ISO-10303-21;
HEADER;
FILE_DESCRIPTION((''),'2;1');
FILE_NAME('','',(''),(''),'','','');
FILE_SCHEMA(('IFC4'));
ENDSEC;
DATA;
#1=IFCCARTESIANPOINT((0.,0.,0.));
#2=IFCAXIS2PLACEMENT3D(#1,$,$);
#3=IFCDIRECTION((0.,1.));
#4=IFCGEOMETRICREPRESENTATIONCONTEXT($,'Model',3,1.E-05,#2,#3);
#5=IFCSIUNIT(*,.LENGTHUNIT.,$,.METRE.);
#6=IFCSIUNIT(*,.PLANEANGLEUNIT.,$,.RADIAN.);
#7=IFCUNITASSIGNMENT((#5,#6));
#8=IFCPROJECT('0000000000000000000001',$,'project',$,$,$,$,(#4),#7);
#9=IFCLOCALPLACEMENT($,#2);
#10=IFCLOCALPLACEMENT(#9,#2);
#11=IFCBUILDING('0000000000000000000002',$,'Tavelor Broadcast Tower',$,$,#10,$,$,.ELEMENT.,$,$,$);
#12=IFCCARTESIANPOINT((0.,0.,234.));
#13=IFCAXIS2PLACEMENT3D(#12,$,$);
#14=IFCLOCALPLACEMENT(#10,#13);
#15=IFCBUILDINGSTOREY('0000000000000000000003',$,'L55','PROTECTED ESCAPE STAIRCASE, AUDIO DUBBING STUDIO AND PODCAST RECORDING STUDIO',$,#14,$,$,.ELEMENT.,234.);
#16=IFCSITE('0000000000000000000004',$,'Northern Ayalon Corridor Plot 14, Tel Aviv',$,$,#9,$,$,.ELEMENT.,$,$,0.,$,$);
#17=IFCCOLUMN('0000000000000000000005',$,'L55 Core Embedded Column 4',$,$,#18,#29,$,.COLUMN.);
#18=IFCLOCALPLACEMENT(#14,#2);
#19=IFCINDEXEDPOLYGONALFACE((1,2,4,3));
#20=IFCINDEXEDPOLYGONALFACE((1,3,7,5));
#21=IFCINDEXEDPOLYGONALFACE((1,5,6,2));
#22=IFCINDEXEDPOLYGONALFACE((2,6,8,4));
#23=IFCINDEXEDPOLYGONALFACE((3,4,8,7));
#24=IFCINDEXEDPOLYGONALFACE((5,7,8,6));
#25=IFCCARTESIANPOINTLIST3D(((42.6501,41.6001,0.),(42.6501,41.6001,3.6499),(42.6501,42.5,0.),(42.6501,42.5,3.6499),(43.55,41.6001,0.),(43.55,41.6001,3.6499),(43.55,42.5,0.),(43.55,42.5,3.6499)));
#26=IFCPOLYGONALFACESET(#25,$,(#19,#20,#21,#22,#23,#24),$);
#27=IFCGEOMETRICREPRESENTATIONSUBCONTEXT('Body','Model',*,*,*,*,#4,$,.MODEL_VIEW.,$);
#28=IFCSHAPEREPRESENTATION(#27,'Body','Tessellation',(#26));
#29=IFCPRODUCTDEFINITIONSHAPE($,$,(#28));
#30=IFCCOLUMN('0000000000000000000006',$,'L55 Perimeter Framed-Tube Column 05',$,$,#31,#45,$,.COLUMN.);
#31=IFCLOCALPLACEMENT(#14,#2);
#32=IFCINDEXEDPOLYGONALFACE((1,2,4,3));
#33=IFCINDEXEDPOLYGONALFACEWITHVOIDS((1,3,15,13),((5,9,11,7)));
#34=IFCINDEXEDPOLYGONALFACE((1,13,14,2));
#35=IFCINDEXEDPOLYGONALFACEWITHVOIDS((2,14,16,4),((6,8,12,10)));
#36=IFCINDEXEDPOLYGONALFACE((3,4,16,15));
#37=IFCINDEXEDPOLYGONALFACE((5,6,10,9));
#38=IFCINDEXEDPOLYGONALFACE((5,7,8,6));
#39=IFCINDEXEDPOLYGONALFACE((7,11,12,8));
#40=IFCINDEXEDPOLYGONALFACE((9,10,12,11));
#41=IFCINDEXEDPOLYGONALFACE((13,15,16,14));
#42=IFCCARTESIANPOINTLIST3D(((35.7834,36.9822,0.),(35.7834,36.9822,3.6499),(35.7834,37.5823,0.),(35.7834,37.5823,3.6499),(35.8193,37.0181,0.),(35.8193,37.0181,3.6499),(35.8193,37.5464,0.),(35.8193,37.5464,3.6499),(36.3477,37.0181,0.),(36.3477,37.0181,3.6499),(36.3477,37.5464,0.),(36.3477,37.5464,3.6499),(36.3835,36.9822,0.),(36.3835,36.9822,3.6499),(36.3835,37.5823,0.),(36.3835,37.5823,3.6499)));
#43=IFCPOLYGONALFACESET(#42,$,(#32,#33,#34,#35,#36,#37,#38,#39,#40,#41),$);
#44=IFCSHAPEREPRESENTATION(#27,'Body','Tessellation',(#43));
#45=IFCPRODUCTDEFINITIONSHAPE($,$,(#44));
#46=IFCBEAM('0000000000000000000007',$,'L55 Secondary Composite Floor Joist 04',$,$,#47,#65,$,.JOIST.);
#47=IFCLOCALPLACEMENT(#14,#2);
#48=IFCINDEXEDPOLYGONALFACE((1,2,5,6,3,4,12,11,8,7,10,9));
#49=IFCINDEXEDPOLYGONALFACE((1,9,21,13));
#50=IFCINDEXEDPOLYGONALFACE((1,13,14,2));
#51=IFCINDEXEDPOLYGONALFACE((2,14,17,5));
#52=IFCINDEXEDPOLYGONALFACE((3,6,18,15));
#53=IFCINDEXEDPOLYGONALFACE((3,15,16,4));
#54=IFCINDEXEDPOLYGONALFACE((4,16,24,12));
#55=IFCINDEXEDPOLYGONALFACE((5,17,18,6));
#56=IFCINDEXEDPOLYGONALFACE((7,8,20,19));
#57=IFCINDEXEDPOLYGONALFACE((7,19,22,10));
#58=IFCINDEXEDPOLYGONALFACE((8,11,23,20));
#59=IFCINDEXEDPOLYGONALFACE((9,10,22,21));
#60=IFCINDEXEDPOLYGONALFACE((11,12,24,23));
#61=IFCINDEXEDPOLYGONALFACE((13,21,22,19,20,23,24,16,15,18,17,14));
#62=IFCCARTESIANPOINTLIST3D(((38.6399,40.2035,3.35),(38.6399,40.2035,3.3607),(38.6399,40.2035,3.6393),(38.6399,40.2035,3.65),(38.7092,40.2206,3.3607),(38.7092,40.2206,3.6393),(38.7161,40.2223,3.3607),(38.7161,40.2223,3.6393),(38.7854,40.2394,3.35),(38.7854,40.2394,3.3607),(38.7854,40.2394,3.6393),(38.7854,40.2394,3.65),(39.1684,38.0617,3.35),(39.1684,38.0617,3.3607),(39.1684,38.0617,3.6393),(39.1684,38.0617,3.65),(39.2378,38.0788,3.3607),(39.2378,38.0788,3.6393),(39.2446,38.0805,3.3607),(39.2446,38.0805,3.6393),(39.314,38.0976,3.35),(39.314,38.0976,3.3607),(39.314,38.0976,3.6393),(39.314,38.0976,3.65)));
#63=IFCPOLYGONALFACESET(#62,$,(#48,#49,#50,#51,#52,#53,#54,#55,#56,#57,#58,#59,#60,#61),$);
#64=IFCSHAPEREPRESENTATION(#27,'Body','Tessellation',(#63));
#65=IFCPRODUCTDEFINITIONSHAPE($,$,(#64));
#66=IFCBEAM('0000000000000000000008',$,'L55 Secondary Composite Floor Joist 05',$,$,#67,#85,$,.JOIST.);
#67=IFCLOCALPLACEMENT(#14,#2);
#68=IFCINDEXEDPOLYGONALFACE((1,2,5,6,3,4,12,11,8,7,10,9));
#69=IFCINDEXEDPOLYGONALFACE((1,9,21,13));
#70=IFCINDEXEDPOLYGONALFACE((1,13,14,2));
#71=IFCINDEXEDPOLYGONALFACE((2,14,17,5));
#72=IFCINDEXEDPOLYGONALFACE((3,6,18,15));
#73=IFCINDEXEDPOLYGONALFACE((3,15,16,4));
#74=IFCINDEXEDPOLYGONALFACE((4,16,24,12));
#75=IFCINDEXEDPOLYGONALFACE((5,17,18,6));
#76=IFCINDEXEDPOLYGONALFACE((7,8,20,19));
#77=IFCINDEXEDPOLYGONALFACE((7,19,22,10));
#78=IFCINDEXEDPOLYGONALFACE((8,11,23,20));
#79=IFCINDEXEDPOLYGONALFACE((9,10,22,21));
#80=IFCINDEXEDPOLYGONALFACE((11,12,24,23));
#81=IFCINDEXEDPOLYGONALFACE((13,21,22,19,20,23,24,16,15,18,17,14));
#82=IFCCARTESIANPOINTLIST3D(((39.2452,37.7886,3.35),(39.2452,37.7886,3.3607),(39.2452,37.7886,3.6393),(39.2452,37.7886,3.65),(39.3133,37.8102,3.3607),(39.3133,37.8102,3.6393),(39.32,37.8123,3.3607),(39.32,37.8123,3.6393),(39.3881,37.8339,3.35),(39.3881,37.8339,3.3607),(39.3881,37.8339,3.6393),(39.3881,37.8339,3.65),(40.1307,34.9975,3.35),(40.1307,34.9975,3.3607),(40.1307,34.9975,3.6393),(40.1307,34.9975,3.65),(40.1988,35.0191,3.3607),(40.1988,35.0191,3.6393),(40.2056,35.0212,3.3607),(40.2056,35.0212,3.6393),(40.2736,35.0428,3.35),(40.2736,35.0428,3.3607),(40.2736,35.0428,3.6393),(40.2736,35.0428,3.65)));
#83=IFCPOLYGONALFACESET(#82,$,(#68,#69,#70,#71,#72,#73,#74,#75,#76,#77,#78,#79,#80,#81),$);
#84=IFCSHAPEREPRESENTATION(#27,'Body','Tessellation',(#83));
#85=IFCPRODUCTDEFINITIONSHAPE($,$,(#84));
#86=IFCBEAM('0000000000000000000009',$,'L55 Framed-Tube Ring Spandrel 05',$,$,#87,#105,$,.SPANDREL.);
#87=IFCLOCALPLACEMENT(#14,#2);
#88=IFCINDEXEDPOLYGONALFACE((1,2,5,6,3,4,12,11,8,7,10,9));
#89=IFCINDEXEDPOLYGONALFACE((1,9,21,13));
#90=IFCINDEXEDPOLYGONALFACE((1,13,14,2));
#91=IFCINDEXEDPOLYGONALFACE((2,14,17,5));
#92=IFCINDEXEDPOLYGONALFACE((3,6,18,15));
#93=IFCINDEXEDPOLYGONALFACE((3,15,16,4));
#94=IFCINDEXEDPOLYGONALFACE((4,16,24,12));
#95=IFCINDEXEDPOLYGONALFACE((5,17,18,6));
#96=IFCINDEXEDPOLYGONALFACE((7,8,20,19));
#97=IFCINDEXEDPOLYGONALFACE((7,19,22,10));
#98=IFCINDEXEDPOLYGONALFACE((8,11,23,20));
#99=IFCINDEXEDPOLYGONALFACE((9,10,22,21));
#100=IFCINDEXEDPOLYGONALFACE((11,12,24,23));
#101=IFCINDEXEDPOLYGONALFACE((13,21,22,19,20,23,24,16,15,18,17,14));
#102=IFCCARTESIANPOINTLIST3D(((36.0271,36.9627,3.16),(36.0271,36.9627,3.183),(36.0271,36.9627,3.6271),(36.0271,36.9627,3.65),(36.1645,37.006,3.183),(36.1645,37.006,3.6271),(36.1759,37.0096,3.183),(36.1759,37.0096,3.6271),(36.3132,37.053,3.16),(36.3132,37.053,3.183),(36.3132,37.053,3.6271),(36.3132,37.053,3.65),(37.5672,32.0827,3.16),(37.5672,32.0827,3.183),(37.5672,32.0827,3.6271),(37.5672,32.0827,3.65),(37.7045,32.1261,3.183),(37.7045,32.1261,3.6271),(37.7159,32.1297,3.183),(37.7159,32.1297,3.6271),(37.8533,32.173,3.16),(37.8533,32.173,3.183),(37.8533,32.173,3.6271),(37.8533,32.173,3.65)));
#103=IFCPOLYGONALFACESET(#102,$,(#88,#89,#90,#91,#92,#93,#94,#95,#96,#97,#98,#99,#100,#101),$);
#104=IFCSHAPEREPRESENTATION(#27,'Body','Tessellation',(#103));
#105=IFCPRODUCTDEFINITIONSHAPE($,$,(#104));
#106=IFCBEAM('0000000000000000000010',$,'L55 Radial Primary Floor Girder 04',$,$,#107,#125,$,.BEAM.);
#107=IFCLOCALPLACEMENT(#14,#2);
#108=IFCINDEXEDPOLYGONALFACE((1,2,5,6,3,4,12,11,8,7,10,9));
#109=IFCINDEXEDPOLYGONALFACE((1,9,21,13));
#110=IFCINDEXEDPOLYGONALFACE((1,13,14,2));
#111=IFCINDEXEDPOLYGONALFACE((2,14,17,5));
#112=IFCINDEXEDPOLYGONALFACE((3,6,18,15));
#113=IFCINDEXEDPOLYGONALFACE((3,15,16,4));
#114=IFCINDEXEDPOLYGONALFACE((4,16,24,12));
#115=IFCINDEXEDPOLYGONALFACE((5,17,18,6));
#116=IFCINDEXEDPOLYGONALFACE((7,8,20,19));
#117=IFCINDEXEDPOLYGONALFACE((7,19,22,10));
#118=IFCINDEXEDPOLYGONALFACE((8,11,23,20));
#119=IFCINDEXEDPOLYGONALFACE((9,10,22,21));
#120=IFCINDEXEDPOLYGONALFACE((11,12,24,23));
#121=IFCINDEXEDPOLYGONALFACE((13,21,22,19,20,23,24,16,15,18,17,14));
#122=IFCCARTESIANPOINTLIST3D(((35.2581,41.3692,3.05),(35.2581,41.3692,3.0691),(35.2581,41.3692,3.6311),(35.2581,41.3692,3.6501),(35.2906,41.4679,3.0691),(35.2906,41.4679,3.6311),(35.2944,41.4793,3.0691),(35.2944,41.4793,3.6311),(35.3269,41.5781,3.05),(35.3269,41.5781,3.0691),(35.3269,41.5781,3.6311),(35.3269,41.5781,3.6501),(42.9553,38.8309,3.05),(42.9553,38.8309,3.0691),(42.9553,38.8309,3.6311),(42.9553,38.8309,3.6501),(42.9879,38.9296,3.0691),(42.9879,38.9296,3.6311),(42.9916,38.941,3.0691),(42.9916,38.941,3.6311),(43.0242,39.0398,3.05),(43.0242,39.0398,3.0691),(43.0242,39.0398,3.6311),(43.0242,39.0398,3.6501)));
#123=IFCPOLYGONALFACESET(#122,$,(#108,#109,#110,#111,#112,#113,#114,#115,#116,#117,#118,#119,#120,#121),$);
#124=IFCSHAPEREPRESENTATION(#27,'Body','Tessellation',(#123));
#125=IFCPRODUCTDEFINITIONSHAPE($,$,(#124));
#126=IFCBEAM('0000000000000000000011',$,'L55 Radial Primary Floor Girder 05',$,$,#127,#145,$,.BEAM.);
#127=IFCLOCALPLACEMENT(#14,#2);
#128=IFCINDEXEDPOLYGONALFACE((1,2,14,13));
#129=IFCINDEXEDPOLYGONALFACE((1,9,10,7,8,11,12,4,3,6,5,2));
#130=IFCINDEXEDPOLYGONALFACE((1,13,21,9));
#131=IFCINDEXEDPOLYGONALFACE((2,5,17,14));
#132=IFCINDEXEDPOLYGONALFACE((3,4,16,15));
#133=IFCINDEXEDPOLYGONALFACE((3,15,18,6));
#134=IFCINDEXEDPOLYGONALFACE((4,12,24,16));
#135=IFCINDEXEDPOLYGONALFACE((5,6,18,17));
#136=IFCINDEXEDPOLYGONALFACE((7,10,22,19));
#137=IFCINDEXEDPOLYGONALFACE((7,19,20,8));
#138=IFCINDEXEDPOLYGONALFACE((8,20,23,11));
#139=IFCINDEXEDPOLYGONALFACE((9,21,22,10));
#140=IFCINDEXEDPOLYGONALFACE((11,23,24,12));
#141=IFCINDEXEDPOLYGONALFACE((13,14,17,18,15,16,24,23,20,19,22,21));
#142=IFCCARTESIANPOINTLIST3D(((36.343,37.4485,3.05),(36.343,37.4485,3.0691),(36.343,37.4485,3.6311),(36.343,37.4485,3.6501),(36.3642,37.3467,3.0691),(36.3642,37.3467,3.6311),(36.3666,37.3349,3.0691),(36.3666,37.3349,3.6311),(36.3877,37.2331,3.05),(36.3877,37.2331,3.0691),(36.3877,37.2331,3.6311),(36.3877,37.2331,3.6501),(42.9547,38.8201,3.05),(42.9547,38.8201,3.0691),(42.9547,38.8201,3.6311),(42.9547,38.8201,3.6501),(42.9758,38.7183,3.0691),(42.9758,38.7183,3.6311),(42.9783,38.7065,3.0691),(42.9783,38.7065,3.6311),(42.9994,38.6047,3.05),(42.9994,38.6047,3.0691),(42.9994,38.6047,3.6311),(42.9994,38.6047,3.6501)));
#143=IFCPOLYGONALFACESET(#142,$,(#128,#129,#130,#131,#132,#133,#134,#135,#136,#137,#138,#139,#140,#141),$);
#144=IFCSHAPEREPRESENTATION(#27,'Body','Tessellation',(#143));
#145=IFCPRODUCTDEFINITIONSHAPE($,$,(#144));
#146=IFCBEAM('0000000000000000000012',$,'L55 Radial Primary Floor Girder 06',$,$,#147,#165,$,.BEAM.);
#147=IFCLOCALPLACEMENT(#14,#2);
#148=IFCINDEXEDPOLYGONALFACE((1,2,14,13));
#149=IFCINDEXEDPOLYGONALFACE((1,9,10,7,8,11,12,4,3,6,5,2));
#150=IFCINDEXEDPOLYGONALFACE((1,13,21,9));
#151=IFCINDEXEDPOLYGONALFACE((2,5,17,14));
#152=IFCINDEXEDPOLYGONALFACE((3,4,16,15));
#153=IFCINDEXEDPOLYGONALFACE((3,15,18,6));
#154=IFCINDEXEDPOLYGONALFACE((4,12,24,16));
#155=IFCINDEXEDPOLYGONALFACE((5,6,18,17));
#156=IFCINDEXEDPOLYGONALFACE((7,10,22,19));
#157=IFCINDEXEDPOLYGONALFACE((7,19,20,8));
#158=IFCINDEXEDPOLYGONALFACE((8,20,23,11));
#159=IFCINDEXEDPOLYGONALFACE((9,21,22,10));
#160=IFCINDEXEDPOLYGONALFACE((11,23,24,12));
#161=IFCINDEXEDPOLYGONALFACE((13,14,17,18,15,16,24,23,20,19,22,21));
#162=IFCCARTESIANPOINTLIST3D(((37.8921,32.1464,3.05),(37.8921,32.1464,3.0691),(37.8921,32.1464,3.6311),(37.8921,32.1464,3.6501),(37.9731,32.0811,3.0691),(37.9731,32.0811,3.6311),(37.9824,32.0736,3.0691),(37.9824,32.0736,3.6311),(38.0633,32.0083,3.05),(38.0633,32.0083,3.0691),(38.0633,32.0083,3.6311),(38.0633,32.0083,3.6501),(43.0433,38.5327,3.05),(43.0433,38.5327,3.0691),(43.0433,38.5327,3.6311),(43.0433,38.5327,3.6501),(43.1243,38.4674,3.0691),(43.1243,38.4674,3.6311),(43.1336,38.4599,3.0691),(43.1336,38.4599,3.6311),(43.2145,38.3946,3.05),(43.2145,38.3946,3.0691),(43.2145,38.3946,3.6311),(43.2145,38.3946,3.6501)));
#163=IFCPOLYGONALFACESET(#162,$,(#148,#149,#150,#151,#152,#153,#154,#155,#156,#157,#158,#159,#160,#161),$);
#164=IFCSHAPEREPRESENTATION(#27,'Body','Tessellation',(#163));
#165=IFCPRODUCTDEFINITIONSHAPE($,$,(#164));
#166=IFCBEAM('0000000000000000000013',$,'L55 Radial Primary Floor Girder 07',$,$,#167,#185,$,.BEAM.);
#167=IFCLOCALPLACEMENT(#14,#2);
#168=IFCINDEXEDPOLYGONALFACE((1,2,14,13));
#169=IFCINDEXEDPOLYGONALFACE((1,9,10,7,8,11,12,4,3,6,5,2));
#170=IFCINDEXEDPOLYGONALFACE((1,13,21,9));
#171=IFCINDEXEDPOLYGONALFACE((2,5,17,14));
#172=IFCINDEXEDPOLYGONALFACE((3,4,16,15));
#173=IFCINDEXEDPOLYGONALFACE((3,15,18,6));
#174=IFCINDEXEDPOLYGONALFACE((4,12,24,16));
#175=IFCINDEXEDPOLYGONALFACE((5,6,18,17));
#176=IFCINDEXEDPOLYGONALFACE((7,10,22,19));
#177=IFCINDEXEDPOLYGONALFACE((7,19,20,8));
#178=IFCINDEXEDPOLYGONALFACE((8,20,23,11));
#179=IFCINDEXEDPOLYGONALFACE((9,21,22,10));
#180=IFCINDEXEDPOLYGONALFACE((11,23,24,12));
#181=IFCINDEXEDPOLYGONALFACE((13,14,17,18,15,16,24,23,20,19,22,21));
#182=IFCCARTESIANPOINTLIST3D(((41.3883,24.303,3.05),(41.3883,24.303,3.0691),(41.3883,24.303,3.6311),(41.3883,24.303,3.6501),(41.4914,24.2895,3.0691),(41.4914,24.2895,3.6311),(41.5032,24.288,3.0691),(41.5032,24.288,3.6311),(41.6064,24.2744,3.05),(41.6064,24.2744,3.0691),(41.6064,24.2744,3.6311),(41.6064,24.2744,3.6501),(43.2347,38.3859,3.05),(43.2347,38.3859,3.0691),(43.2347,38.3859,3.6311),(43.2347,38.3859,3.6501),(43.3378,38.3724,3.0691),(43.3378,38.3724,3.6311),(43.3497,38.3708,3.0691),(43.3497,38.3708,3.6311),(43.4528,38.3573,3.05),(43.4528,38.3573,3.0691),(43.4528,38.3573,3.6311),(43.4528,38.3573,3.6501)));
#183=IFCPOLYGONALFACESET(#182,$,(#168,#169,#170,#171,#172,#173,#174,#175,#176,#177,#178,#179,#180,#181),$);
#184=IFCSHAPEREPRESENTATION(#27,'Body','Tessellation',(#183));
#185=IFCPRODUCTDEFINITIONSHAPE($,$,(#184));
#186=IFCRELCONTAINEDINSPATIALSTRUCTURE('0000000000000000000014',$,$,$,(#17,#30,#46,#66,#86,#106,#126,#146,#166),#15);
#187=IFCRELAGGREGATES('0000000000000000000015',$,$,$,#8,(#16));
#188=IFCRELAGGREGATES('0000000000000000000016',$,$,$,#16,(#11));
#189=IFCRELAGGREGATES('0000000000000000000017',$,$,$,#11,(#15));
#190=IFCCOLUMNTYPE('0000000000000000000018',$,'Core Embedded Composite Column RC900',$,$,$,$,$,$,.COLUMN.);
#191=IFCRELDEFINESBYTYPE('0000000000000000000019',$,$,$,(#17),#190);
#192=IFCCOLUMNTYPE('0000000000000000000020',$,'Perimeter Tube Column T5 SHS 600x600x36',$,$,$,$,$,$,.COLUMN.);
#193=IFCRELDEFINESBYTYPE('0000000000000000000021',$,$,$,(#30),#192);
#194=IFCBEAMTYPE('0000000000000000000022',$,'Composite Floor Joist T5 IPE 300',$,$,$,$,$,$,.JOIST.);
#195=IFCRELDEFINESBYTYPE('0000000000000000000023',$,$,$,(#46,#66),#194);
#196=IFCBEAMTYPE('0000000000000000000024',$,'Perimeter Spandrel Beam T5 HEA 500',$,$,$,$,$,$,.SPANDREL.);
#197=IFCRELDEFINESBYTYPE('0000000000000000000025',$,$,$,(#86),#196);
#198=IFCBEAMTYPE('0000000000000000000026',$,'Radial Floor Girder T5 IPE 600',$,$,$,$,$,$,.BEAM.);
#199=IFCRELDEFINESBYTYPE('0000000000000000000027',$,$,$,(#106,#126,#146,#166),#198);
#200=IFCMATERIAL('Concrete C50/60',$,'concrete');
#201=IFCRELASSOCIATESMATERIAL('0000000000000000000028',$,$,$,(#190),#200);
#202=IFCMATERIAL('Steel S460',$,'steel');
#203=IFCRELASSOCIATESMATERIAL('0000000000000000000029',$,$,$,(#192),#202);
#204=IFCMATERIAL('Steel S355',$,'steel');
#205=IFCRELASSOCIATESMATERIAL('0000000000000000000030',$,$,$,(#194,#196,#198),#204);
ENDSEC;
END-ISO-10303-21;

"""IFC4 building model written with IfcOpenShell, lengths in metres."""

from ifc_helpers import new_model, si_unit, direction, frame, origin, origin_2d, place, context, subcontext, project, spatial, rectangle, hollow_rectangle, i_section, extrude, material, material_profile, profile_set, type_object, element, save


model = new_model("IFC4")

# Units and contexts
model_context = context("Model", 3, precision=1e-05, world=origin(), true_north=direction((0.0, 1.0)))
body_context = subcontext(model_context, "Body", "Model", "MODEL_VIEW")
ifc_project = project(units=[si_unit("LENGTHUNIT", "METRE"), si_unit("PLANEANGLEUNIT", "RADIAN")], contexts=[model_context])

# Site, building, storey
site_placement = place(None, origin())
site = spatial("IfcSite", under=ifc_project, at=site_placement, Name="Northern Ayalon Corridor Plot 14, Tel Aviv", CompositionType="ELEMENT", RefElevation=0.0)
building_placement = place(site_placement, origin())
building = spatial("IfcBuilding", under=site, at=building_placement, Name="Tavelor Broadcast Tower", CompositionType="ELEMENT")
storey_placement = place(building_placement, frame((0.0, 0.0, 234.0)))
storey = spatial("IfcBuildingStorey", under=building, at=storey_placement, Name="L55", Description="PROTECTED ESCAPE STAIRCASE, AUDIO DUBBING STUDIO AND PODCAST RECORDING STUDIO", CompositionType="ELEMENT", Elevation=234.0)

# Columns
ifc_material_1 = material(Name="Concrete C50/60", Category="concrete")
ifc_material_profile_1 = material_profile(ifc_material_1, rectangle(XDim=0.8999, YDim=0.8999, at=origin_2d()), Name="RC 900x900")
ifc_profile_set_1 = profile_set([ifc_material_profile_1], Name="Concrete C50/60")
column_type_1 = type_object("IfcColumnType", Name="Core Embedded Composite Column RC900", PredefinedType="COLUMN", material=ifc_profile_set_1)
column_1_placement = place(storey_placement, frame((43.1001, 42.05, 0.0), z_axis=(0.0, 0.0, 1.0), x_axis=(1.0, 0.0, 0.0)))
element("IfcColumn", 1, at=column_1_placement, inside=storey, type_object=column_type_1, Name="L55 Core Embedded Column 4", PredefinedType="COLUMN", context=body_context, shape_type="SweptSolid", body=[
    extrude(rectangle(XDim=0.8999, YDim=0.8999, at=origin_2d()), origin(), (0.0, 0.0, 1.0), 3.6499),
])
ifc_material_2 = material(Name="Steel S460", Category="steel")
ifc_material_profile_2 = material_profile(ifc_material_2, hollow_rectangle(XDim=0.6001, YDim=0.6001, WallThickness=0.0359, at=origin_2d()), Name="SHS 600x600x36")
ifc_profile_set_2 = profile_set([ifc_material_profile_2], Name="Steel S460")
column_type_2 = type_object("IfcColumnType", Name="Perimeter Tube Column T5 SHS 600x600x36", PredefinedType="COLUMN", material=ifc_profile_set_2)
column_2_placement = place(storey_placement, frame((36.0835, 37.2822, 0.0), z_axis=(0.0, 0.0, 1.0), x_axis=(1.0, 0.0, 0.0)))
element("IfcColumn", 2, at=column_2_placement, inside=storey, type_object=column_type_2, Name="L55 Perimeter Framed-Tube Column 05", PredefinedType="COLUMN", context=body_context, shape_type="SweptSolid", body=[
    extrude(hollow_rectangle(XDim=0.6001, YDim=0.6001, WallThickness=0.0359, at=origin_2d()), origin(), (0.0, 0.0, 1.0), 3.6499),
])

# Beams
ifc_material_3 = material(Name="Steel S355", Category="steel")
ifc_material_profile_3 = material_profile(ifc_material_3, i_section(OverallWidth=0.1499, OverallDepth=0.3, WebThickness=0.0071, FlangeThickness=0.0107, at=origin_2d()), Name="IPE 300")
ifc_profile_set_3 = profile_set([ifc_material_profile_3], Name="Steel S355")
beam_type_1 = type_object("IfcBeamType", Name="Composite Floor Joist T5 IPE 300", PredefinedType="JOIST", material=ifc_profile_set_3)
beam_1_placement = place(storey_placement, frame((38.7126, 40.2214, 3.5), z_axis=(0.239592, -0.970874, 0.0), x_axis=(0.970874, 0.239592, 0.0)))
element("IfcBeam", 3, at=beam_1_placement, inside=storey, type_object=beam_type_1, Name="L55 Secondary Composite Floor Joist 04", PredefinedType="JOIST", context=body_context, shape_type="SweptSolid", body=[
    extrude(i_section(OverallWidth=0.1499, OverallDepth=0.3, WebThickness=0.0071, FlangeThickness=0.0107, at=origin_2d()), origin(), (0.0, 0.0, 1.0), 2.2061),
])
beam_2_placement = place(storey_placement, frame((39.3167, 37.8113, 3.5), z_axis=(0.302412, -0.953177, 0.0), x_axis=(0.953177, 0.302412, 0.0)))
element("IfcBeam", 4, at=beam_2_placement, inside=storey, type_object=beam_type_1, Name="L55 Secondary Composite Floor Joist 05", PredefinedType="JOIST", context=body_context, shape_type="SweptSolid", body=[
    extrude(i_section(OverallWidth=0.1499, OverallDepth=0.3, WebThickness=0.0071, FlangeThickness=0.0107, at=origin_2d()), origin(), (0.0, 0.0, 1.0), 2.9282),
])
ifc_material_profile_4 = material_profile(ifc_material_3, i_section(OverallWidth=0.3, OverallDepth=0.49, WebThickness=0.012, FlangeThickness=0.0229, at=origin_2d()), Name="HEA 500")
ifc_profile_set_4 = profile_set([ifc_material_profile_4], Name="Steel S355")
beam_type_2 = type_object("IfcBeamType", Name="Perimeter Spandrel Beam T5 HEA 500", PredefinedType="SPANDREL", material=ifc_profile_set_4)
beam_3_placement = place(storey_placement, frame((36.1702, 37.0078, 3.405), z_axis=(0.300958, -0.953637, 0.0), x_axis=(0.953637, 0.300958, 0.0)))
element("IfcBeam", 5, at=beam_3_placement, inside=storey, type_object=beam_type_2, Name="L55 Framed-Tube Ring Spandrel 05", PredefinedType="SPANDREL", context=body_context, shape_type="SweptSolid", body=[
    extrude(i_section(OverallWidth=0.3, OverallDepth=0.49, WebThickness=0.012, FlangeThickness=0.0229, at=origin_2d()), origin(), (0.0, 0.0, 1.0), 5.1172),
])
ifc_material_profile_5 = material_profile(ifc_material_3, i_section(OverallWidth=0.22, OverallDepth=0.6001, WebThickness=0.012, FlangeThickness=0.019, at=origin_2d()), Name="IPE 600")
ifc_profile_set_5 = profile_set([ifc_material_profile_5], Name="Steel S355")
beam_type_3 = type_object("IfcBeamType", Name="Radial Floor Girder T5 IPE 600", PredefinedType="BEAM", material=ifc_profile_set_5)
beam_4_placement = place(storey_placement, frame((42.9897, 38.9353, 3.3501), z_axis=(-0.949694, 0.313181, 0.0), x_axis=(-0.313181, -0.949694, 0.0)))
element("IfcBeam", 6, at=beam_4_placement, inside=storey, type_object=beam_type_3, Name="L55 Radial Primary Floor Girder 04", PredefinedType="BEAM", context=body_context, shape_type="SweptSolid", body=[
    extrude(i_section(OverallWidth=0.22, OverallDepth=0.6001, WebThickness=0.012, FlangeThickness=0.019, at=origin_2d()), origin(), (0.0, 0.0, 1.0), 8.105),
])
beam_5_placement = place(storey_placement, frame((42.9771, 38.7124, 3.3501), z_axis=(-0.979152, -0.203127, 0.0), x_axis=(0.203127, -0.979152, 0.0)))
element("IfcBeam", 7, at=beam_5_placement, inside=storey, type_object=beam_type_3, Name="L55 Radial Primary Floor Girder 05", PredefinedType="BEAM", context=body_context, shape_type="SweptSolid", body=[
    extrude(i_section(OverallWidth=0.22, OverallDepth=0.6001, WebThickness=0.012, FlangeThickness=0.019, at=origin_2d()), origin(), (0.0, 0.0, 1.0), 6.7524),
])
beam_6_placement = place(storey_placement, frame((43.1289, 38.4636, 3.3501), z_axis=(-0.627822, -0.778357, 0.0), x_axis=(0.778357, -0.627822, 0.0)))
element("IfcBeam", 8, at=beam_6_placement, inside=storey, type_object=beam_type_3, Name="L55 Radial Primary Floor Girder 06", PredefinedType="BEAM", context=body_context, shape_type="SweptSolid", body=[
    extrude(i_section(OverallWidth=0.22, OverallDepth=0.6001, WebThickness=0.012, FlangeThickness=0.019, at=origin_2d()), origin(), (0.0, 0.0, 1.0), 8.2048),
])
beam_7_placement = place(storey_placement, frame((43.3438, 38.3716, 3.3501), z_axis=(-0.130001, -0.991514, 0.0), x_axis=(0.991514, -0.130001, 0.0)))
element("IfcBeam", 9, at=beam_7_placement, inside=storey, type_object=beam_type_3, Name="L55 Radial Primary Floor Girder 07", PredefinedType="BEAM", context=body_context, shape_type="SweptSolid", body=[
    extrude(i_section(OverallWidth=0.22, OverallDepth=0.6001, WebThickness=0.012, FlangeThickness=0.019, at=origin_2d()), origin(), (0.0, 0.0, 1.0), 14.2034),
])

save(model, "model.ifc")
